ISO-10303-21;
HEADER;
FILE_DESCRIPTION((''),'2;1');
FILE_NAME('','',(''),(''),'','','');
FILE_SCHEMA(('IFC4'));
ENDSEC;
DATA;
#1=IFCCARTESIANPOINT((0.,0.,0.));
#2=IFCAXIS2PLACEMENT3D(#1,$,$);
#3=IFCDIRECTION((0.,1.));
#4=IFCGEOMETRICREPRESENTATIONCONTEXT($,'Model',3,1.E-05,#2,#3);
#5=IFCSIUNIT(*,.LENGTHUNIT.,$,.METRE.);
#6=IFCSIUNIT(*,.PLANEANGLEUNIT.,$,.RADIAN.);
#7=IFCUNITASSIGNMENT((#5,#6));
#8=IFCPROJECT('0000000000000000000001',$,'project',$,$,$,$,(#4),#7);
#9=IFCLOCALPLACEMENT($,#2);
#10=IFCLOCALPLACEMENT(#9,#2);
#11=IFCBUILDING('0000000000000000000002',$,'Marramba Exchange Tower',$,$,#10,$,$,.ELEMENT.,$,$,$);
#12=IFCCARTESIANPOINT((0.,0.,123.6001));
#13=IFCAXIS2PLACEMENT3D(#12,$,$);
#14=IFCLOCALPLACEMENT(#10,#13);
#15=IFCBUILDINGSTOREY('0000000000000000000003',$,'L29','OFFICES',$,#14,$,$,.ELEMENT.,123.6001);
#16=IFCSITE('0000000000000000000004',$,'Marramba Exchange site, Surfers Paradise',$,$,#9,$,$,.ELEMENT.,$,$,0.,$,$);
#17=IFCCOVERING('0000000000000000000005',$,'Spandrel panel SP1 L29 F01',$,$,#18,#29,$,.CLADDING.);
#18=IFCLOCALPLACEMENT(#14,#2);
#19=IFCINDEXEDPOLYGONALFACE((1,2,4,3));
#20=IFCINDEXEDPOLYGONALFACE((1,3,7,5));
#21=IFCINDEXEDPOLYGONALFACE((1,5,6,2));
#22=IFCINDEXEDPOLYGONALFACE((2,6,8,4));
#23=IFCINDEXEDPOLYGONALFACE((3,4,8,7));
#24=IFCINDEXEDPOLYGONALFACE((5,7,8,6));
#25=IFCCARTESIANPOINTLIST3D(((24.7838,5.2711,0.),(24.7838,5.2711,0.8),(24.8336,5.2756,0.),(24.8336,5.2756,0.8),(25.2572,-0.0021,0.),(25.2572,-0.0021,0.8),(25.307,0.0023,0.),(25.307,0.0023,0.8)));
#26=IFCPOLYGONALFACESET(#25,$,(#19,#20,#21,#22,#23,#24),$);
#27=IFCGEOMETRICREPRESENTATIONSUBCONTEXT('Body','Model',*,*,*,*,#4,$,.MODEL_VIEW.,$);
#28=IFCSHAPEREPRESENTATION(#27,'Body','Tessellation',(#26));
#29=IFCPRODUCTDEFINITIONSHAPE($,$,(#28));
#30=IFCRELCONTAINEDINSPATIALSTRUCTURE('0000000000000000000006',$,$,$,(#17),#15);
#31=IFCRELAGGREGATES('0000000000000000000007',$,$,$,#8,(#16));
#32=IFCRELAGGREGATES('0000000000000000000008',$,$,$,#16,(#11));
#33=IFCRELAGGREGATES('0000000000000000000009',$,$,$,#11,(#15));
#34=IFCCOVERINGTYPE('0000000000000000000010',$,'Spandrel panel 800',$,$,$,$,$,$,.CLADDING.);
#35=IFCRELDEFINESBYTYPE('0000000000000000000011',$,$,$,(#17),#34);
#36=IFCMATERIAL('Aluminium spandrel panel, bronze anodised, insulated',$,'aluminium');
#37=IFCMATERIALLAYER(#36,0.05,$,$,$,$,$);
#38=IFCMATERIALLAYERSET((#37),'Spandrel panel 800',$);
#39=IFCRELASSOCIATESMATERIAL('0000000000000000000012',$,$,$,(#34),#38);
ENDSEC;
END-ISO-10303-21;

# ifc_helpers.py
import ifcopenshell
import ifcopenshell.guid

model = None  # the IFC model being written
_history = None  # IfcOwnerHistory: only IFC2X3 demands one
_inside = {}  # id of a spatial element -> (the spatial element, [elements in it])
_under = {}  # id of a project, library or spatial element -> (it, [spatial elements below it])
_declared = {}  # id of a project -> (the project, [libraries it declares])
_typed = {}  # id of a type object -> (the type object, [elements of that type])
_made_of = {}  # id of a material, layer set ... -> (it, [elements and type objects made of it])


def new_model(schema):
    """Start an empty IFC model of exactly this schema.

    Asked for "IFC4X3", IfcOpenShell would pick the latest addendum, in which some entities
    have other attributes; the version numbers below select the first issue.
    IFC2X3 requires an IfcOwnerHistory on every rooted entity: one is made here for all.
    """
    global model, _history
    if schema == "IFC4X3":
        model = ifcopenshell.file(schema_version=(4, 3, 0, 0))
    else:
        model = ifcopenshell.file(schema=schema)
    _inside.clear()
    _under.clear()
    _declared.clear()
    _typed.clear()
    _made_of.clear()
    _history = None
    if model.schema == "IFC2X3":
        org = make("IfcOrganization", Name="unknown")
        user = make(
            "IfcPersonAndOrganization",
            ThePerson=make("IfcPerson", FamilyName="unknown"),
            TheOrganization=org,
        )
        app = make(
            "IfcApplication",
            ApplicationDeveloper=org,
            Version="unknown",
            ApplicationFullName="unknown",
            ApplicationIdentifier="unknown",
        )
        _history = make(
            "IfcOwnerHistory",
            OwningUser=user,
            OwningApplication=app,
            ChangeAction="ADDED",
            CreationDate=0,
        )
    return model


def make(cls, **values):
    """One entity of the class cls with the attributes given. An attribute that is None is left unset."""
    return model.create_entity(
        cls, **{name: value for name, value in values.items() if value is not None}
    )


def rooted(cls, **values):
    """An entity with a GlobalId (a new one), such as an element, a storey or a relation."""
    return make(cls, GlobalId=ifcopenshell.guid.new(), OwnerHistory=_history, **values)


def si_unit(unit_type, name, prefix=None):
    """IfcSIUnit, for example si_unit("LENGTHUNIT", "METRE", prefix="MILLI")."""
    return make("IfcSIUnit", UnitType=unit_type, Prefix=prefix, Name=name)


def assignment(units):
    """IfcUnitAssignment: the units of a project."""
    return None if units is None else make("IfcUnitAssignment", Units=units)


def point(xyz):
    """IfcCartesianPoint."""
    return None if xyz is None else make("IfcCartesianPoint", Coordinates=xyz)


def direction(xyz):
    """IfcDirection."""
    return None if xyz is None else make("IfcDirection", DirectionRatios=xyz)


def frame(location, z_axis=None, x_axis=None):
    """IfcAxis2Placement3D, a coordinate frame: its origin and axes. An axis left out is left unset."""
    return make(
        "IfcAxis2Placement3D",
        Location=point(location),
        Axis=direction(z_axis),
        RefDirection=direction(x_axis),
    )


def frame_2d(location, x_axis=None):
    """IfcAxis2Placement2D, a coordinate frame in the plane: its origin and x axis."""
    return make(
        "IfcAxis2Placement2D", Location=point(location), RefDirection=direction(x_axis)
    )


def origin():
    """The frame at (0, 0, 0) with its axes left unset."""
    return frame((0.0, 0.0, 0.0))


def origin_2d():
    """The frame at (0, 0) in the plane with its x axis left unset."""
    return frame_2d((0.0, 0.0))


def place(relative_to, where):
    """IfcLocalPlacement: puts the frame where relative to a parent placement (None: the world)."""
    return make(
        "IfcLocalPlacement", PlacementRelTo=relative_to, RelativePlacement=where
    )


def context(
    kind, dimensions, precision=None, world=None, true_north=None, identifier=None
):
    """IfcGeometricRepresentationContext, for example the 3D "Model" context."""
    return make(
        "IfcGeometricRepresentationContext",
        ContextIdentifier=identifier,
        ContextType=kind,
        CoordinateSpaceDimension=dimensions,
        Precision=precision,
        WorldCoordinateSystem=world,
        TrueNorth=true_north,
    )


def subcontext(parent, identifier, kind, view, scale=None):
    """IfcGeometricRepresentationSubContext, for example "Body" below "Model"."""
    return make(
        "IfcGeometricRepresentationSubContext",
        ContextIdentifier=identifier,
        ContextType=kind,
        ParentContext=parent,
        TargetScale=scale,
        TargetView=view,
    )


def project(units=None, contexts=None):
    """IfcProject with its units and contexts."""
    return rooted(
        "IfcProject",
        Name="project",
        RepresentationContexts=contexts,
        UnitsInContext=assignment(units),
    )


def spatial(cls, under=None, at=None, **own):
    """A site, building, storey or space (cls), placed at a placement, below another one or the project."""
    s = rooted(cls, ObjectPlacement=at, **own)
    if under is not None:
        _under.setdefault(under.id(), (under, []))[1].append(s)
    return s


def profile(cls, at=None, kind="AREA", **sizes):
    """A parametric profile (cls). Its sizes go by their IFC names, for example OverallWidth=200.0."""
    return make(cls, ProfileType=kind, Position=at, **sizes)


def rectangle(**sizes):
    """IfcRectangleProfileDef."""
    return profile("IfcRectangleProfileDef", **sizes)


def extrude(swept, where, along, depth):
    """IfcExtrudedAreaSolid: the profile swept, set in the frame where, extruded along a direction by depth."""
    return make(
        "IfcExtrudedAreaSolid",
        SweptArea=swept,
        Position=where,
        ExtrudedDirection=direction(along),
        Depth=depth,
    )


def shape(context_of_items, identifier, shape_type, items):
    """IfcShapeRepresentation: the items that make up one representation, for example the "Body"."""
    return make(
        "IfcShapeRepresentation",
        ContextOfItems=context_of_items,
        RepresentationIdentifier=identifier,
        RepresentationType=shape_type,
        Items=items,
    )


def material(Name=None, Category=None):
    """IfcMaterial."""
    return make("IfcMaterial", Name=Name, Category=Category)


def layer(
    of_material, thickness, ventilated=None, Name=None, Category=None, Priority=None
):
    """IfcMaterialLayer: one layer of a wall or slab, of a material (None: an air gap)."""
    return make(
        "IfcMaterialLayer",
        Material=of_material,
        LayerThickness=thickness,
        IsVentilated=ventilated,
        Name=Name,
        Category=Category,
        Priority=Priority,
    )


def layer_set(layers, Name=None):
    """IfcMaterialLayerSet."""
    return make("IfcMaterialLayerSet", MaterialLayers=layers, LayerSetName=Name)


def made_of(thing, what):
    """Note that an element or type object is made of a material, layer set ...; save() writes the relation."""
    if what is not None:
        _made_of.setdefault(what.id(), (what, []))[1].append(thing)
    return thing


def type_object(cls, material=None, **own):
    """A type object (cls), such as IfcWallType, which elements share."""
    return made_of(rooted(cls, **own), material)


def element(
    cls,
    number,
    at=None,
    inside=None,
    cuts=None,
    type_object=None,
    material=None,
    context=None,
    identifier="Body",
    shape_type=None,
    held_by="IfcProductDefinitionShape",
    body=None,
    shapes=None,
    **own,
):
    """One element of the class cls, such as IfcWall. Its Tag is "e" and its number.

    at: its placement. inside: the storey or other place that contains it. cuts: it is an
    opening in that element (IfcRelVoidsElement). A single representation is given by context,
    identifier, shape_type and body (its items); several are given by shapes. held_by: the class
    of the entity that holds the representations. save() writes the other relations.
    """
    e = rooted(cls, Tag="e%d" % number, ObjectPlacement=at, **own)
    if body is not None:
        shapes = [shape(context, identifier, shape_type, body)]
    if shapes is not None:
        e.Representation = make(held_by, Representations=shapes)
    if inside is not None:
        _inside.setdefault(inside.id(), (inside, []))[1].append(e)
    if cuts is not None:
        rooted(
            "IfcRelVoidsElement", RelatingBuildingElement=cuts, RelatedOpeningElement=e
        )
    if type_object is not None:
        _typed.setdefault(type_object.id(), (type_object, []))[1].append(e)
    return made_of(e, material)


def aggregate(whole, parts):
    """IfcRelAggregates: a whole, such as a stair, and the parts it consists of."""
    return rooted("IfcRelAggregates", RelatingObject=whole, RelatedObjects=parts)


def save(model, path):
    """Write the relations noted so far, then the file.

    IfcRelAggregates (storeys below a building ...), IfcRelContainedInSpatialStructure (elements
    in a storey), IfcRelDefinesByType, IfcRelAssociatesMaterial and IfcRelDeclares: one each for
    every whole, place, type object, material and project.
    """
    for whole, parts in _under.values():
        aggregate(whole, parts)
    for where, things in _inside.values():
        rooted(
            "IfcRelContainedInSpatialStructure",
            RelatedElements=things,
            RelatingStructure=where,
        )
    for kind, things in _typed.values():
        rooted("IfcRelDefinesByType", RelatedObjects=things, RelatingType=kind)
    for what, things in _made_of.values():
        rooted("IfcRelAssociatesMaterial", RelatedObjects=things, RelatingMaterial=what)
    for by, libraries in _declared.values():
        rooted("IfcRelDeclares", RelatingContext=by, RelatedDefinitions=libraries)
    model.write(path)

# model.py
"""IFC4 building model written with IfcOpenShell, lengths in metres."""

from ifc_helpers import new_model, si_unit, direction, frame, origin, origin_2d, place, context, subcontext, project, spatial, rectangle, extrude, material, layer, layer_set, type_object, element, save


model = new_model("IFC4")

# Units and contexts
model_context = context("Model", 3, precision=1e-05, world=origin(), true_north=direction((0.0, 1.0)))
body_context = subcontext(model_context, "Body", "Model", "MODEL_VIEW")
ifc_project = project(units=[si_unit("LENGTHUNIT", "METRE"), si_unit("PLANEANGLEUNIT", "RADIAN")], contexts=[model_context])

# Site, building, storey
site_placement = place(None, origin())
site = spatial("IfcSite", under=ifc_project, at=site_placement, Name="Marramba Exchange site, Surfers Paradise", CompositionType="ELEMENT", RefElevation=0.0)
building_placement = place(site_placement, origin())
building = spatial("IfcBuilding", under=site, at=building_placement, Name="Marramba Exchange Tower", CompositionType="ELEMENT")
storey_placement = place(building_placement, frame((0.0, 0.0, 123.6001)))
storey = spatial("IfcBuildingStorey", under=building, at=storey_placement, Name="L29", Description="OFFICES", CompositionType="ELEMENT", Elevation=123.6001)

# Covering
ifc_material_1 = material(Name="Aluminium spandrel panel, bronze anodised, insulated", Category="aluminium")
ifc_layer_1 = layer(ifc_material_1, 0.05)
ifc_layer_set_1 = layer_set([ifc_layer_1], Name="Spandrel panel 800")
covering_type = type_object("IfcCoveringType", Name="Spandrel panel 800", PredefinedType="CLADDING", material=ifc_layer_set_1)
covering_placement = place(storey_placement, frame((25.0454, 2.6367, 0.0), z_axis=(0.0, 0.0, 1.0), x_axis=(-0.089413, 0.995995, 0.0)))
element("IfcCovering", 1, at=covering_placement, inside=storey, type_object=covering_type, Name="Spandrel panel SP1 L29 F01", PredefinedType="CLADDING", context=body_context, shape_type="SweptSolid", body=[
    extrude(rectangle(XDim=5.2944, YDim=0.05, at=origin_2d()), origin(), (0.0, 0.0, 1.0), 0.8),
])

save(model, "model.ifc")
